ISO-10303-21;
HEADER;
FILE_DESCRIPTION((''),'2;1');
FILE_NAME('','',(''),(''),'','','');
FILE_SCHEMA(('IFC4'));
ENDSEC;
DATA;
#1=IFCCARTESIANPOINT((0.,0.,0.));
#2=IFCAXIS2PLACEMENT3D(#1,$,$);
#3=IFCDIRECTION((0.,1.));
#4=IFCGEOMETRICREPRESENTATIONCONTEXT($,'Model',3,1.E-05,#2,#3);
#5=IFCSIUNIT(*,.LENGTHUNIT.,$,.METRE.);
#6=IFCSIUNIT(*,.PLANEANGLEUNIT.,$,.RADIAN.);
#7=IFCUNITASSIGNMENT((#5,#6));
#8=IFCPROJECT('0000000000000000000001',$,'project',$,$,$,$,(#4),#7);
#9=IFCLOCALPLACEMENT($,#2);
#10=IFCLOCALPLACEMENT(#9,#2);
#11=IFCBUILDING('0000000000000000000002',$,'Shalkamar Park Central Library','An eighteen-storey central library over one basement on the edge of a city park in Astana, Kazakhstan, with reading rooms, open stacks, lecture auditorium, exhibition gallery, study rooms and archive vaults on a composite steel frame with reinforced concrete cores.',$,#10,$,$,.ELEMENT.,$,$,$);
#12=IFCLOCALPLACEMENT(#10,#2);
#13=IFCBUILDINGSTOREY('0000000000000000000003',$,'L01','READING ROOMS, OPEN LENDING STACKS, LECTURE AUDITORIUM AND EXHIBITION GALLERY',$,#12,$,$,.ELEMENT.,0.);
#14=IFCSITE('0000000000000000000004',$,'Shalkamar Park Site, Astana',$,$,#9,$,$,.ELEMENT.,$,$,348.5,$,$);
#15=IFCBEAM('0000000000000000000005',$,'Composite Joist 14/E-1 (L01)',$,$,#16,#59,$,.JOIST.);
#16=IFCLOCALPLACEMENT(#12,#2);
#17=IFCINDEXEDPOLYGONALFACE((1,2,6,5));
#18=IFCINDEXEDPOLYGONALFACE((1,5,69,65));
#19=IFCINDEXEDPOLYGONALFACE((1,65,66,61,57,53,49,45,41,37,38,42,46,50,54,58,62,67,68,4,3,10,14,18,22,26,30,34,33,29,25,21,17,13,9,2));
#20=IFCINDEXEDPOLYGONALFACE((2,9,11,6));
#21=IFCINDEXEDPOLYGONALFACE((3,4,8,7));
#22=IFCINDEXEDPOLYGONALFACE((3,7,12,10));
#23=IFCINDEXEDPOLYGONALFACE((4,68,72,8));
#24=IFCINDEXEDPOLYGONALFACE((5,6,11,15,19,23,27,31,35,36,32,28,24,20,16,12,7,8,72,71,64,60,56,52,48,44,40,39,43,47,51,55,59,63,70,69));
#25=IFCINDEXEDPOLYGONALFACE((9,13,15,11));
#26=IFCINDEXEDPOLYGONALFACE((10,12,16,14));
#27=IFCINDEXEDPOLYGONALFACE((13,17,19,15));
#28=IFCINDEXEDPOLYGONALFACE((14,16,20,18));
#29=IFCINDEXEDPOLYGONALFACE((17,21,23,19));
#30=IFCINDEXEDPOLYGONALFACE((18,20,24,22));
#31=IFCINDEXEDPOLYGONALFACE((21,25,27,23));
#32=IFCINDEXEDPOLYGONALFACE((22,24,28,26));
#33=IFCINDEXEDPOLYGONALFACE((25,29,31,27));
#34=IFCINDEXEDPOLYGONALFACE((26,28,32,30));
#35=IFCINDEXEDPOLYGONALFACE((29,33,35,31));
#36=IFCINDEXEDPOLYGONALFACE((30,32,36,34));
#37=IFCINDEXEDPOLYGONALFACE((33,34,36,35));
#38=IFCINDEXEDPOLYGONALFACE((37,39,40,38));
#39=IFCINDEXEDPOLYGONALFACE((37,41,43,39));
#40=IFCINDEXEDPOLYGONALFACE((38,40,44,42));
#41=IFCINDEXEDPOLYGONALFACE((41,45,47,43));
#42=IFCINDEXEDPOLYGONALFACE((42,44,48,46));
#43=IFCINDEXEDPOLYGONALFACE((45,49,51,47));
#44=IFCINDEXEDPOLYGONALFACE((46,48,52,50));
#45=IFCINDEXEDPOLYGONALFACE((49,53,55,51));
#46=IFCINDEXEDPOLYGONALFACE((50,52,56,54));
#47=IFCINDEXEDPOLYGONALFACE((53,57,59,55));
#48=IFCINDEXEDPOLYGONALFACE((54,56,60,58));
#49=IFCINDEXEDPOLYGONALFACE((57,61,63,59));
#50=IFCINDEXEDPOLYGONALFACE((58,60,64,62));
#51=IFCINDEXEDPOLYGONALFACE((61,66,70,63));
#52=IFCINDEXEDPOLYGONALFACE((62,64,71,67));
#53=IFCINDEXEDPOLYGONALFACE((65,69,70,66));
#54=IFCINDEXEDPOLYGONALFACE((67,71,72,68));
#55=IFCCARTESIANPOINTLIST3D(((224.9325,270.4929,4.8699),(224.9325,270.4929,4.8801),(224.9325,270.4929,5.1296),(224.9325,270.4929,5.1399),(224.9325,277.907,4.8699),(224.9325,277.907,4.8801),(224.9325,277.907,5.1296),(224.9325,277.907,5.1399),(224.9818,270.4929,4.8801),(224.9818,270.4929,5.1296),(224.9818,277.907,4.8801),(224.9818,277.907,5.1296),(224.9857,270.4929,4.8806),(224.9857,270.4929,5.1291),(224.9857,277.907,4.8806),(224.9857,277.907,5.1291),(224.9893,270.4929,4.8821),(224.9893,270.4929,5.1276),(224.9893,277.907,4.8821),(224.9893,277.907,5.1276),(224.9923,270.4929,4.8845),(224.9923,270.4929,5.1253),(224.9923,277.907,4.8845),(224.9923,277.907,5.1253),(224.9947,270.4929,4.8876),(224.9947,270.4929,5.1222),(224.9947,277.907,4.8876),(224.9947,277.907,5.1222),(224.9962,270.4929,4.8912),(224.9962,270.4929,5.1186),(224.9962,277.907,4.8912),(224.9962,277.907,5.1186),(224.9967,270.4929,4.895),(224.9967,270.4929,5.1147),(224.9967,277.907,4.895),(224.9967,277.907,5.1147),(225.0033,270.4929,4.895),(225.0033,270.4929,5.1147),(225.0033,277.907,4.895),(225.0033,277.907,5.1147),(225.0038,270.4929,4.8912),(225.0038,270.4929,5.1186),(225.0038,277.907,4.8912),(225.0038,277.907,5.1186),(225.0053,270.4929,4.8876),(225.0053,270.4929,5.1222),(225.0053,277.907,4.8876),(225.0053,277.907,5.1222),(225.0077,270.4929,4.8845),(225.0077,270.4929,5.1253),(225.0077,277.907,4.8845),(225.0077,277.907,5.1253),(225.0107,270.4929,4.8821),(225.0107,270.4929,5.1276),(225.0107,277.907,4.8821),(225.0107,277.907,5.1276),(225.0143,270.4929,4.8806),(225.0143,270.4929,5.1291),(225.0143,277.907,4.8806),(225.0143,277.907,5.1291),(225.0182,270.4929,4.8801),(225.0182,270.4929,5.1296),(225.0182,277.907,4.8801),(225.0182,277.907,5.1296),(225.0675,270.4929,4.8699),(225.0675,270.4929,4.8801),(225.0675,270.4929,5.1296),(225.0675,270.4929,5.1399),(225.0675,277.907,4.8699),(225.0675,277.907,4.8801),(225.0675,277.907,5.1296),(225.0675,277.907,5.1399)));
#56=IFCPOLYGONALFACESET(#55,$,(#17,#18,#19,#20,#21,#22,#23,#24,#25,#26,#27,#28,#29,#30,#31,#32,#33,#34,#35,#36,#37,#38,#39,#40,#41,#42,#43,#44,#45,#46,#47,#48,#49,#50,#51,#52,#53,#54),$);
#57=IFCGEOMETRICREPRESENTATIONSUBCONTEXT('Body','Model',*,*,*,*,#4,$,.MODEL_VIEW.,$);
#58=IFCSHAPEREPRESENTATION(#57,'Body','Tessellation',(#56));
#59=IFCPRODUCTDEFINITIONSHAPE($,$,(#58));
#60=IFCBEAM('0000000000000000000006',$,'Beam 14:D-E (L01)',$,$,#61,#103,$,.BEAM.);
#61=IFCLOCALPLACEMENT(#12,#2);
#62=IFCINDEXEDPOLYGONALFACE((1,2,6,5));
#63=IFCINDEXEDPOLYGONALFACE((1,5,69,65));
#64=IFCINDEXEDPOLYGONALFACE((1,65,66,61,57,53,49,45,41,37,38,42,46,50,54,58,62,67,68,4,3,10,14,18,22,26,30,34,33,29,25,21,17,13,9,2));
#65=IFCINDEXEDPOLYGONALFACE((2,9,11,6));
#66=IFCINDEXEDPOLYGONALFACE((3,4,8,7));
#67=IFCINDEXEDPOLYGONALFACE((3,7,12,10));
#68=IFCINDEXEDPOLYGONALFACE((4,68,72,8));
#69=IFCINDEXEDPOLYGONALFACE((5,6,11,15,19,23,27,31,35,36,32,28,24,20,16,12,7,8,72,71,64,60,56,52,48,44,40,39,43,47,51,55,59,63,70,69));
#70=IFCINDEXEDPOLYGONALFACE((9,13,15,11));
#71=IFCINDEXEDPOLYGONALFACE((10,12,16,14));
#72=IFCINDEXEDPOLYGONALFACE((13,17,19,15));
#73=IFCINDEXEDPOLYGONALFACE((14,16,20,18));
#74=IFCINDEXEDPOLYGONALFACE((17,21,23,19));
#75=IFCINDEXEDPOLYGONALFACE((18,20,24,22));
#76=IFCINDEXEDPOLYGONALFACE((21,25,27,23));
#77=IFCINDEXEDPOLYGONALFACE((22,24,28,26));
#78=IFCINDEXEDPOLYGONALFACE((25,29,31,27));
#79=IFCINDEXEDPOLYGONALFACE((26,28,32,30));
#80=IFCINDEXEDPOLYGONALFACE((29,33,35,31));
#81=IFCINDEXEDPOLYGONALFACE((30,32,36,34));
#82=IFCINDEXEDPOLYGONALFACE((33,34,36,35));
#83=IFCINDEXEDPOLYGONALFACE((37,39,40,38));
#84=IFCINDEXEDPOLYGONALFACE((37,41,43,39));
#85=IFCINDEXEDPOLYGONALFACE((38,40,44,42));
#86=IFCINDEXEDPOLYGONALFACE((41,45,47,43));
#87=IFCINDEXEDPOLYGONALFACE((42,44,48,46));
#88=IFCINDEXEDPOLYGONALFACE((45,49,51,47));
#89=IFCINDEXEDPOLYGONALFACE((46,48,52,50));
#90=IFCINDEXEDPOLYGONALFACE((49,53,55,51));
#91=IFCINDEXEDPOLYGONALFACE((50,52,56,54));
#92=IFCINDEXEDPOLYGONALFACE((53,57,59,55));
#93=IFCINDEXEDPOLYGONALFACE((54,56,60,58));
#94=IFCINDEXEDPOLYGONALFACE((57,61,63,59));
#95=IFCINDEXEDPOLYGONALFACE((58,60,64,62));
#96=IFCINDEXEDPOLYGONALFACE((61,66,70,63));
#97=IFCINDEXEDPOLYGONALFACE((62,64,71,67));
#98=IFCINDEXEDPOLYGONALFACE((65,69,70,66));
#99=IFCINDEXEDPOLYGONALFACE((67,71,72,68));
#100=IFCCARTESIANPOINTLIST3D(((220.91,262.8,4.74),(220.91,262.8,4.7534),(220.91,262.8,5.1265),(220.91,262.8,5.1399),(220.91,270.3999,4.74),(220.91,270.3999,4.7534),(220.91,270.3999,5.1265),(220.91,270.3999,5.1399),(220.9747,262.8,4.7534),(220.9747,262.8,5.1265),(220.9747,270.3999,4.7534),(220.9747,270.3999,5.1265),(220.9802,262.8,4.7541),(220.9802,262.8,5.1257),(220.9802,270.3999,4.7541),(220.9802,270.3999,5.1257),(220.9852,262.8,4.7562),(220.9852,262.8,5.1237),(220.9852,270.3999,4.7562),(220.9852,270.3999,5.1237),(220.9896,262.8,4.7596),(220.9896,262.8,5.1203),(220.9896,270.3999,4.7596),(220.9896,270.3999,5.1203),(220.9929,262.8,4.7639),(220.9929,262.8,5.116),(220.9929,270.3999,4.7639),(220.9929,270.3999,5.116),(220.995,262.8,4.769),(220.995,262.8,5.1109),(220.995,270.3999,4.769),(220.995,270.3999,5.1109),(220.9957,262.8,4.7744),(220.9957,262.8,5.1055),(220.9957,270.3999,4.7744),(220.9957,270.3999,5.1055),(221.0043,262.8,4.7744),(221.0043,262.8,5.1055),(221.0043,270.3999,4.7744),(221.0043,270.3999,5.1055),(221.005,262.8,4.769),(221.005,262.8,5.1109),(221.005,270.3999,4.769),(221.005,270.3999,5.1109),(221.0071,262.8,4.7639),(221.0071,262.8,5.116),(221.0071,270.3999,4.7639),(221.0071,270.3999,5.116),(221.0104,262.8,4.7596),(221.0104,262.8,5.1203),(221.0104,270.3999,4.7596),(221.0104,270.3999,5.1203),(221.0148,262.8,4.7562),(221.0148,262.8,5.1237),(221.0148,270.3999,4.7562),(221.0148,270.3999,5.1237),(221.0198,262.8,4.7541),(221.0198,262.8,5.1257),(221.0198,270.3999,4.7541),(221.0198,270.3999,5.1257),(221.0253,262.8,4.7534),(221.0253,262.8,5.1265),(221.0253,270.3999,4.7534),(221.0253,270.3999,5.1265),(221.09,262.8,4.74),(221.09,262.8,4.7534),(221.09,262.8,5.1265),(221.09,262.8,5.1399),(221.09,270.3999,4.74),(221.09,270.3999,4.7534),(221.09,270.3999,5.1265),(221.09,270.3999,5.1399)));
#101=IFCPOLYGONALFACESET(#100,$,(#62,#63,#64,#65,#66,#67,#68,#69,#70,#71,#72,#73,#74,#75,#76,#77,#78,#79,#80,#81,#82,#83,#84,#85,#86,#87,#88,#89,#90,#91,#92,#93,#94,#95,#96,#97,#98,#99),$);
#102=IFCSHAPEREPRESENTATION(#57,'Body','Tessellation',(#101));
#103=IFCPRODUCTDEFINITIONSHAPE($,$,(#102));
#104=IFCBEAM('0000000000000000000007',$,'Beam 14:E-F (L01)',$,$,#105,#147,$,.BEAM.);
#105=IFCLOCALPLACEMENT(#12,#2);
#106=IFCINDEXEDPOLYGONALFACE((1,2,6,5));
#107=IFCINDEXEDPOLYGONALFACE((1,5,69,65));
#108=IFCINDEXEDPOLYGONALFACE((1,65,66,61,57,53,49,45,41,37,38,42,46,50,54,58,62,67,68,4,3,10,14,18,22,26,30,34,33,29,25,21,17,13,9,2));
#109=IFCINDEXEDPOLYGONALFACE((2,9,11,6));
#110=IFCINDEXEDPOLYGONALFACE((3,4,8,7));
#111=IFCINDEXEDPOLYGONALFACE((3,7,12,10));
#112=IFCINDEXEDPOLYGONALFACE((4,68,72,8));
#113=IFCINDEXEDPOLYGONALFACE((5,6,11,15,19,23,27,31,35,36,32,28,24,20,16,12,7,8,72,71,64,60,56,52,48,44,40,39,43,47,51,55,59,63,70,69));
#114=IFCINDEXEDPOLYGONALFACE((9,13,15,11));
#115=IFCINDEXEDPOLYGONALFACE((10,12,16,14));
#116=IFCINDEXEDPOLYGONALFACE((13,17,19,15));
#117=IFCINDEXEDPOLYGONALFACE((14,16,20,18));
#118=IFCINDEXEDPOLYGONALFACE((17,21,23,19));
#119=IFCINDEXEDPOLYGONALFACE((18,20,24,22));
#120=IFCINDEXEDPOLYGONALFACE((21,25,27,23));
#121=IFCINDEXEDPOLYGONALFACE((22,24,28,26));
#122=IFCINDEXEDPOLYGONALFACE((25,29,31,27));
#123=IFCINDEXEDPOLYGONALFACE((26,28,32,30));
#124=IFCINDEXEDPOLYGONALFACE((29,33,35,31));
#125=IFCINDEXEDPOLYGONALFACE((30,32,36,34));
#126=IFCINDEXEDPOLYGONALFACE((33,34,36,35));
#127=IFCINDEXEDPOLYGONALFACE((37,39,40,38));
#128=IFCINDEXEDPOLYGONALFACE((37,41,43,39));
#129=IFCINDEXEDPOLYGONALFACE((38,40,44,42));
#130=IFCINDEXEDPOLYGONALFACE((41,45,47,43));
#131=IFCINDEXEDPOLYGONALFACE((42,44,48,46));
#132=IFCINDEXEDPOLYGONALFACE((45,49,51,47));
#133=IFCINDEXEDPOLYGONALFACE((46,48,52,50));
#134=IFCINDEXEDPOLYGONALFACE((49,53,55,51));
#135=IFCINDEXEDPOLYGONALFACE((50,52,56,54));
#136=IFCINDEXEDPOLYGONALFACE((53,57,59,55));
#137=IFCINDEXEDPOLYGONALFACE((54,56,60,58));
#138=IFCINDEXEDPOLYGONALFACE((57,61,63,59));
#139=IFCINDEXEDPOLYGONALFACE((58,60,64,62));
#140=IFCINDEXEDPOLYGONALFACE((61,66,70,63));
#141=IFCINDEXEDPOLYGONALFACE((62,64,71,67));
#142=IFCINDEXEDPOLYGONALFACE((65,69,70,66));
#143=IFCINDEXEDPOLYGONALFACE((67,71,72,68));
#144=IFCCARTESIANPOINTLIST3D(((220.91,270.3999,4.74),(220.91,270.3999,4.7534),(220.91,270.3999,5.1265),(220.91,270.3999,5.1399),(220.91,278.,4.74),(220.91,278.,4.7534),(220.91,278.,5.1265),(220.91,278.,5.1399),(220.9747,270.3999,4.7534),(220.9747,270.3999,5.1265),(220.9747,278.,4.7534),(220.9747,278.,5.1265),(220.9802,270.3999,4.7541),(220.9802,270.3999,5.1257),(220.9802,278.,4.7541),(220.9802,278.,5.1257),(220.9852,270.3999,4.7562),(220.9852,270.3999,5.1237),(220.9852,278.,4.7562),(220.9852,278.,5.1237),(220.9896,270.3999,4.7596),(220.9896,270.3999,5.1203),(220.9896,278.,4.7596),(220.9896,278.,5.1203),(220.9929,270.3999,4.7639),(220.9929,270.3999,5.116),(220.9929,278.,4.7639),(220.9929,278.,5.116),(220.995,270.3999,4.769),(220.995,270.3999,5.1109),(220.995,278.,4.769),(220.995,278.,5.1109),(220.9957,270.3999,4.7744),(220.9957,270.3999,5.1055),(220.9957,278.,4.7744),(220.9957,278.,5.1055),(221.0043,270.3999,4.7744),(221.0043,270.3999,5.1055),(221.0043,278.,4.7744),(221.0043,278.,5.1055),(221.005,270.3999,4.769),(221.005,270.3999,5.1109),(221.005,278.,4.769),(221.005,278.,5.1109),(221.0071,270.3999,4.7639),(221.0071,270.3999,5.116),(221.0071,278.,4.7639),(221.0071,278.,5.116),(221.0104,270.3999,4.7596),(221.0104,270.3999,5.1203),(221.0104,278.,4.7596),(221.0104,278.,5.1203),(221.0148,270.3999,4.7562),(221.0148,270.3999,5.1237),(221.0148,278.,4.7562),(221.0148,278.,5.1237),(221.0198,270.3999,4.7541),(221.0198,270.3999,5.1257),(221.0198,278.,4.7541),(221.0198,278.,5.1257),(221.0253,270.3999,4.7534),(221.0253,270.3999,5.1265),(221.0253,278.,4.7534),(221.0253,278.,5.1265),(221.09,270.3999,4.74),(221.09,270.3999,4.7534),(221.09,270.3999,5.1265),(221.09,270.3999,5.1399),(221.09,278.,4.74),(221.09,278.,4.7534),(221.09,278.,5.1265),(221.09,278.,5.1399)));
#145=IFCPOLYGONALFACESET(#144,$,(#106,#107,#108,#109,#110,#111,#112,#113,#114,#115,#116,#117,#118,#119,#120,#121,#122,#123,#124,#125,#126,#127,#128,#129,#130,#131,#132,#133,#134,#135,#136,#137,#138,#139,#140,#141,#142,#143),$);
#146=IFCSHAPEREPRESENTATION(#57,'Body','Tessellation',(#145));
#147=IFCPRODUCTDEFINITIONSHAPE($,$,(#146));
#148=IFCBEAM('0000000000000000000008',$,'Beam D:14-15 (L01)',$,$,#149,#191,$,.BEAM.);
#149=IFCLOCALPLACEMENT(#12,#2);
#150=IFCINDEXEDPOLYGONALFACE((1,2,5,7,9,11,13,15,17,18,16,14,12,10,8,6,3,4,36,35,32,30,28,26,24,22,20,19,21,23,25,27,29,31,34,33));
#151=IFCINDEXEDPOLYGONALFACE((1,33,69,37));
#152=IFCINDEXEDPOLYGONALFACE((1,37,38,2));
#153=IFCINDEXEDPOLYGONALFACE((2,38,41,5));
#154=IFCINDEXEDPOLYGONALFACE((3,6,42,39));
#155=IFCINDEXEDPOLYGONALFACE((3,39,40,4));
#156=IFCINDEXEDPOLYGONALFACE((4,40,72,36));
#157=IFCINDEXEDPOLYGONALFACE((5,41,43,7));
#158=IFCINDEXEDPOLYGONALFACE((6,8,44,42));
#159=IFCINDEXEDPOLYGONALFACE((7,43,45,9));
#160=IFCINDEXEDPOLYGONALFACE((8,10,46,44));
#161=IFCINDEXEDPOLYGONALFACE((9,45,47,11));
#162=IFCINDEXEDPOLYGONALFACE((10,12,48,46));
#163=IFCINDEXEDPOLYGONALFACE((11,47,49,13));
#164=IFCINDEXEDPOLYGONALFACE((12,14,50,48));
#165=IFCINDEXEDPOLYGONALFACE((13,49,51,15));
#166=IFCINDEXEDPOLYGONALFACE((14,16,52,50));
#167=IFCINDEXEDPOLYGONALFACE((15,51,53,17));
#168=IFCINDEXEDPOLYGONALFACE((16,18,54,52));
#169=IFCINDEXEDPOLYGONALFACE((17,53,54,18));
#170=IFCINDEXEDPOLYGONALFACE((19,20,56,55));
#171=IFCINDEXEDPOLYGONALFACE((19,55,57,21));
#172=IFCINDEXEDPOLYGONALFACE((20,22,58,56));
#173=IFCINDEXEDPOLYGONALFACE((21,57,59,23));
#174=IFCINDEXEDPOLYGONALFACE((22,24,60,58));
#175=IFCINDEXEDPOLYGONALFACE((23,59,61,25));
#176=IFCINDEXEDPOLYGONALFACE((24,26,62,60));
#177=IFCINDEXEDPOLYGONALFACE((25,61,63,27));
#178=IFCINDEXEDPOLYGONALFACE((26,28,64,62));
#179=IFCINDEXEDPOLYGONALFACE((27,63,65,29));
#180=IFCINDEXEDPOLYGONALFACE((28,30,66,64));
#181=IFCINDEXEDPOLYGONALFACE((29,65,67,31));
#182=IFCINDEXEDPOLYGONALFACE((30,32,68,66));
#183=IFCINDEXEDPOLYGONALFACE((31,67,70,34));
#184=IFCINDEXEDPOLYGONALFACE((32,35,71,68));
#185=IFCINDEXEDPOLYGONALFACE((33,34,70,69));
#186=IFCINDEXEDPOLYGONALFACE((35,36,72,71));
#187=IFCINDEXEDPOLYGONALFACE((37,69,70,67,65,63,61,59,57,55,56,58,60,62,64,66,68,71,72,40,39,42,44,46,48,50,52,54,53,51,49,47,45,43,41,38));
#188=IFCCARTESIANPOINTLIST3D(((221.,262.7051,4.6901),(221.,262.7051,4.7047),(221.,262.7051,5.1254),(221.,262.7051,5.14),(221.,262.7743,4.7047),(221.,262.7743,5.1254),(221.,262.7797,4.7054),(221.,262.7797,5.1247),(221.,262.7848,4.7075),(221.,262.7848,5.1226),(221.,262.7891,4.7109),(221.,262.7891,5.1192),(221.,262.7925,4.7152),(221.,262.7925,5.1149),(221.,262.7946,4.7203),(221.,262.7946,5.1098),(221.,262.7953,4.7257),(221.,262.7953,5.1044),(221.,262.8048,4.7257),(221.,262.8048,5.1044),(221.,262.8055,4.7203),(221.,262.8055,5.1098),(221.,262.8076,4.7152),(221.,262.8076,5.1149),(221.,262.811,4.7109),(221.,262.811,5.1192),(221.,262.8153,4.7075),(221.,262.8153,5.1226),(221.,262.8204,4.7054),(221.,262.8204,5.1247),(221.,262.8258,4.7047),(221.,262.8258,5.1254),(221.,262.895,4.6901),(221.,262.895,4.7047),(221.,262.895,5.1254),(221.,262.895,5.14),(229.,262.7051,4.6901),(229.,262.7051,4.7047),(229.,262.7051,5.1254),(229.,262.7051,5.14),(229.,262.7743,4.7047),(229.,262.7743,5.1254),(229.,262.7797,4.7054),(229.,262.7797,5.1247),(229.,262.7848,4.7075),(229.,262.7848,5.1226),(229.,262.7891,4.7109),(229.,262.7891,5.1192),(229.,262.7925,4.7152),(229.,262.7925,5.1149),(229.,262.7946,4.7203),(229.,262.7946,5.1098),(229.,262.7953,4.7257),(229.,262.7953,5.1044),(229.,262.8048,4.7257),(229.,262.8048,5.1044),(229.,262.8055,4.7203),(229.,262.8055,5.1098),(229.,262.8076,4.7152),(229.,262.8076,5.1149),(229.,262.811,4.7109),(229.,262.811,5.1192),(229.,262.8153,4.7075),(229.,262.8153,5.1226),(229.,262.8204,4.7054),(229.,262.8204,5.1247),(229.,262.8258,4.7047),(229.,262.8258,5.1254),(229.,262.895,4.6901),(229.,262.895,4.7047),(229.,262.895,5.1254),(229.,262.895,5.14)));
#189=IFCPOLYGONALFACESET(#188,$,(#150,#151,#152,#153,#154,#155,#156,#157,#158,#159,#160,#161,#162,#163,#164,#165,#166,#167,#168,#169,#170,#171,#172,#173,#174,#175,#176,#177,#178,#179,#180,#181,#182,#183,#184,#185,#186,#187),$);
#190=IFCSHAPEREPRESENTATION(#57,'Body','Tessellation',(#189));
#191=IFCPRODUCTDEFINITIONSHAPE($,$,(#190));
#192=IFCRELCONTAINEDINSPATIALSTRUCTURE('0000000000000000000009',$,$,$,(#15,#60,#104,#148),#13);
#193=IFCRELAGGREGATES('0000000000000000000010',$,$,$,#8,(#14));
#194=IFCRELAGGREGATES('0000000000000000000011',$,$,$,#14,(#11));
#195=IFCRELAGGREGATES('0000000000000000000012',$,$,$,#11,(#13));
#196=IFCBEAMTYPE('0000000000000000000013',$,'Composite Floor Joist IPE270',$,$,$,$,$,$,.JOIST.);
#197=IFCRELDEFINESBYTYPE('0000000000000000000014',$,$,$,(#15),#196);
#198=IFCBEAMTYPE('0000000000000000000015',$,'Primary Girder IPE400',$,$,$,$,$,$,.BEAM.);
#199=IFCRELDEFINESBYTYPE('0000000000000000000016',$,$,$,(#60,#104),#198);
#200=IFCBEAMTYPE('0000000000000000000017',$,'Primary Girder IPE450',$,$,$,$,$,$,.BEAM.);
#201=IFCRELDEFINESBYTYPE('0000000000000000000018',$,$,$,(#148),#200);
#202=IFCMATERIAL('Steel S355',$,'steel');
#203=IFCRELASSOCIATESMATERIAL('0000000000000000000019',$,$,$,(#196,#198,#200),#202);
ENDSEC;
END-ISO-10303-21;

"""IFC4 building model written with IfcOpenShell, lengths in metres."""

from ifc_helpers import new_model, si_unit, direction, frame, origin, origin_2d, place, context, subcontext, project, spatial, i_section, extrude, material, material_profile, profile_set, type_object, element, save


model = new_model("IFC4")

# Units and contexts
model_context = context("Model", 3, precision=1e-05, world=origin(), true_north=direction((0.0, 1.0)))
body_context = subcontext(model_context, "Body", "Model", "MODEL_VIEW")
ifc_project = project(units=[si_unit("LENGTHUNIT", "METRE"), si_unit("PLANEANGLEUNIT", "RADIAN")], contexts=[model_context])

# Site, building, storey
site_placement = place(None, origin())
site = spatial("IfcSite", under=ifc_project, at=site_placement, Name="Shalkamar Park Site, Astana", CompositionType="ELEMENT", RefElevation=348.5)
building_placement = place(site_placement, origin())
building = spatial("IfcBuilding", under=site, at=building_placement, Name="Shalkamar Park Central Library", Description="An eighteen-storey central library over one basement on the edge of a city park in Astana, Kazakhstan, with reading rooms, open stacks, lecture auditorium, exhibition gallery, study rooms and archive vaults on a composite steel frame with reinforced concrete cores.", CompositionType="ELEMENT")
storey_placement = place(building_placement, origin())
storey = spatial("IfcBuildingStorey", under=building, at=storey_placement, Name="L01", Description="READING ROOMS, OPEN LENDING STACKS, LECTURE AUDITORIUM AND EXHIBITION GALLERY", CompositionType="ELEMENT", Elevation=0.0)

# Shared definitions
ifc_material_1 = material(Name="Steel S355", Category="steel")

# Beams
ifc_material_profile_1 = material_profile(ifc_material_1, i_section(OverallWidth=0.135, OverallDepth=0.27, WebThickness=0.0066, FlangeThickness=0.0103, FilletRadius=0.0149, at=origin_2d()), Name="IPE 270")
ifc_profile_set_1 = profile_set([ifc_material_profile_1], Name="Steel S355")
beam_type_1 = type_object("IfcBeamType", Name="Composite Floor Joist IPE270", PredefinedType="JOIST", material=ifc_profile_set_1)
for number, where, z_axis, x_axis, name in (
    (1, (225.0, 270.4929, 5.0049), (0.0, 1.0, 0.0), (-1.0, 0.0, 0.0), "Composite Joist 14/E-1 (L01)"),
):
    element("IfcBeam", number, at=place(storey_placement, frame(where, z_axis=z_axis, x_axis=x_axis)), inside=storey, type_object=beam_type_1, Name=name, PredefinedType="JOIST", context=body_context, shape_type="SweptSolid", body=[
        extrude(i_section(OverallWidth=0.135, OverallDepth=0.27, WebThickness=0.0066, FlangeThickness=0.0103, FilletRadius=0.0149, at=origin_2d()), origin(), (0.0, 0.0, 1.0), 7.4141),
    ])
ifc_material_profile_2 = material_profile(ifc_material_1, i_section(OverallWidth=0.1799, OverallDepth=0.3999, WebThickness=0.0085, FlangeThickness=0.0134, FilletRadius=0.021, at=origin_2d()), Name="IPE 400")
ifc_profile_set_2 = profile_set([ifc_material_profile_2], Name="Steel S355")
beam_type_2 = type_object("IfcBeamType", Name="Primary Girder IPE400", PredefinedType="BEAM", material=ifc_profile_set_2)
beam_1_placement = place(storey_placement, frame((221.0, 262.8, 4.9399), z_axis=(0.0, 1.0, 0.0), x_axis=(-1.0, 0.0, 0.0)))
element("IfcBeam", 2, at=beam_1_placement, inside=storey, type_object=beam_type_2, Name="Beam 14:D-E (L01)", PredefinedType="BEAM", context=body_context, shape_type="SweptSolid", body=[
    extrude(i_section(OverallWidth=0.1799, OverallDepth=0.3999, WebThickness=0.0085, FlangeThickness=0.0134, FilletRadius=0.021, at=origin_2d()), origin(), (0.0, 0.0, 1.0), 7.5999),
])
beam_2_placement = place(storey_placement, frame((221.0, 270.3999, 4.9399), z_axis=(0.0, 1.0, 0.0), x_axis=(-1.0, 0.0, 0.0)))
element("IfcBeam", 3, at=beam_2_placement, inside=storey, type_object=beam_type_2, Name="Beam 14:E-F (L01)", PredefinedType="BEAM", context=body_context, shape_type="SweptSolid", body=[
    extrude(i_section(OverallWidth=0.1799, OverallDepth=0.3999, WebThickness=0.0085, FlangeThickness=0.0134, FilletRadius=0.021, at=origin_2d()), origin(), (0.0, 0.0, 1.0), 7.6001),
])
ifc_material_profile_3 = material_profile(ifc_material_1, i_section(OverallWidth=0.1899, OverallDepth=0.45, WebThickness=0.0095, FlangeThickness=0.0146, FilletRadius=0.021, at=origin_2d()), Name="IPE 450")
ifc_profile_set_3 = profile_set([ifc_material_profile_3], Name="Steel S355")
beam_type_3 = type_object("IfcBeamType", Name="Primary Girder IPE450", PredefinedType="BEAM", material=ifc_profile_set_3)
for number, where, z_axis, x_axis, name in (
    (4, (221.0, 262.8, 4.915), (1.0, 0.0, 0.0), (0.0, 1.0, 0.0), "Beam D:14-15 (L01)"),
):
    element("IfcBeam", number, at=place(storey_placement, frame(where, z_axis=z_axis, x_axis=x_axis)), inside=storey, type_object=beam_type_3, Name=name, PredefinedType="BEAM", context=body_context, shape_type="SweptSolid", body=[
        extrude(i_section(OverallWidth=0.1899, OverallDepth=0.45, WebThickness=0.0095, FlangeThickness=0.0146, FilletRadius=0.021, at=origin_2d()), origin(), (0.0, 0.0, 1.0), 8.0),
    ])

save(model, "model.ifc")
